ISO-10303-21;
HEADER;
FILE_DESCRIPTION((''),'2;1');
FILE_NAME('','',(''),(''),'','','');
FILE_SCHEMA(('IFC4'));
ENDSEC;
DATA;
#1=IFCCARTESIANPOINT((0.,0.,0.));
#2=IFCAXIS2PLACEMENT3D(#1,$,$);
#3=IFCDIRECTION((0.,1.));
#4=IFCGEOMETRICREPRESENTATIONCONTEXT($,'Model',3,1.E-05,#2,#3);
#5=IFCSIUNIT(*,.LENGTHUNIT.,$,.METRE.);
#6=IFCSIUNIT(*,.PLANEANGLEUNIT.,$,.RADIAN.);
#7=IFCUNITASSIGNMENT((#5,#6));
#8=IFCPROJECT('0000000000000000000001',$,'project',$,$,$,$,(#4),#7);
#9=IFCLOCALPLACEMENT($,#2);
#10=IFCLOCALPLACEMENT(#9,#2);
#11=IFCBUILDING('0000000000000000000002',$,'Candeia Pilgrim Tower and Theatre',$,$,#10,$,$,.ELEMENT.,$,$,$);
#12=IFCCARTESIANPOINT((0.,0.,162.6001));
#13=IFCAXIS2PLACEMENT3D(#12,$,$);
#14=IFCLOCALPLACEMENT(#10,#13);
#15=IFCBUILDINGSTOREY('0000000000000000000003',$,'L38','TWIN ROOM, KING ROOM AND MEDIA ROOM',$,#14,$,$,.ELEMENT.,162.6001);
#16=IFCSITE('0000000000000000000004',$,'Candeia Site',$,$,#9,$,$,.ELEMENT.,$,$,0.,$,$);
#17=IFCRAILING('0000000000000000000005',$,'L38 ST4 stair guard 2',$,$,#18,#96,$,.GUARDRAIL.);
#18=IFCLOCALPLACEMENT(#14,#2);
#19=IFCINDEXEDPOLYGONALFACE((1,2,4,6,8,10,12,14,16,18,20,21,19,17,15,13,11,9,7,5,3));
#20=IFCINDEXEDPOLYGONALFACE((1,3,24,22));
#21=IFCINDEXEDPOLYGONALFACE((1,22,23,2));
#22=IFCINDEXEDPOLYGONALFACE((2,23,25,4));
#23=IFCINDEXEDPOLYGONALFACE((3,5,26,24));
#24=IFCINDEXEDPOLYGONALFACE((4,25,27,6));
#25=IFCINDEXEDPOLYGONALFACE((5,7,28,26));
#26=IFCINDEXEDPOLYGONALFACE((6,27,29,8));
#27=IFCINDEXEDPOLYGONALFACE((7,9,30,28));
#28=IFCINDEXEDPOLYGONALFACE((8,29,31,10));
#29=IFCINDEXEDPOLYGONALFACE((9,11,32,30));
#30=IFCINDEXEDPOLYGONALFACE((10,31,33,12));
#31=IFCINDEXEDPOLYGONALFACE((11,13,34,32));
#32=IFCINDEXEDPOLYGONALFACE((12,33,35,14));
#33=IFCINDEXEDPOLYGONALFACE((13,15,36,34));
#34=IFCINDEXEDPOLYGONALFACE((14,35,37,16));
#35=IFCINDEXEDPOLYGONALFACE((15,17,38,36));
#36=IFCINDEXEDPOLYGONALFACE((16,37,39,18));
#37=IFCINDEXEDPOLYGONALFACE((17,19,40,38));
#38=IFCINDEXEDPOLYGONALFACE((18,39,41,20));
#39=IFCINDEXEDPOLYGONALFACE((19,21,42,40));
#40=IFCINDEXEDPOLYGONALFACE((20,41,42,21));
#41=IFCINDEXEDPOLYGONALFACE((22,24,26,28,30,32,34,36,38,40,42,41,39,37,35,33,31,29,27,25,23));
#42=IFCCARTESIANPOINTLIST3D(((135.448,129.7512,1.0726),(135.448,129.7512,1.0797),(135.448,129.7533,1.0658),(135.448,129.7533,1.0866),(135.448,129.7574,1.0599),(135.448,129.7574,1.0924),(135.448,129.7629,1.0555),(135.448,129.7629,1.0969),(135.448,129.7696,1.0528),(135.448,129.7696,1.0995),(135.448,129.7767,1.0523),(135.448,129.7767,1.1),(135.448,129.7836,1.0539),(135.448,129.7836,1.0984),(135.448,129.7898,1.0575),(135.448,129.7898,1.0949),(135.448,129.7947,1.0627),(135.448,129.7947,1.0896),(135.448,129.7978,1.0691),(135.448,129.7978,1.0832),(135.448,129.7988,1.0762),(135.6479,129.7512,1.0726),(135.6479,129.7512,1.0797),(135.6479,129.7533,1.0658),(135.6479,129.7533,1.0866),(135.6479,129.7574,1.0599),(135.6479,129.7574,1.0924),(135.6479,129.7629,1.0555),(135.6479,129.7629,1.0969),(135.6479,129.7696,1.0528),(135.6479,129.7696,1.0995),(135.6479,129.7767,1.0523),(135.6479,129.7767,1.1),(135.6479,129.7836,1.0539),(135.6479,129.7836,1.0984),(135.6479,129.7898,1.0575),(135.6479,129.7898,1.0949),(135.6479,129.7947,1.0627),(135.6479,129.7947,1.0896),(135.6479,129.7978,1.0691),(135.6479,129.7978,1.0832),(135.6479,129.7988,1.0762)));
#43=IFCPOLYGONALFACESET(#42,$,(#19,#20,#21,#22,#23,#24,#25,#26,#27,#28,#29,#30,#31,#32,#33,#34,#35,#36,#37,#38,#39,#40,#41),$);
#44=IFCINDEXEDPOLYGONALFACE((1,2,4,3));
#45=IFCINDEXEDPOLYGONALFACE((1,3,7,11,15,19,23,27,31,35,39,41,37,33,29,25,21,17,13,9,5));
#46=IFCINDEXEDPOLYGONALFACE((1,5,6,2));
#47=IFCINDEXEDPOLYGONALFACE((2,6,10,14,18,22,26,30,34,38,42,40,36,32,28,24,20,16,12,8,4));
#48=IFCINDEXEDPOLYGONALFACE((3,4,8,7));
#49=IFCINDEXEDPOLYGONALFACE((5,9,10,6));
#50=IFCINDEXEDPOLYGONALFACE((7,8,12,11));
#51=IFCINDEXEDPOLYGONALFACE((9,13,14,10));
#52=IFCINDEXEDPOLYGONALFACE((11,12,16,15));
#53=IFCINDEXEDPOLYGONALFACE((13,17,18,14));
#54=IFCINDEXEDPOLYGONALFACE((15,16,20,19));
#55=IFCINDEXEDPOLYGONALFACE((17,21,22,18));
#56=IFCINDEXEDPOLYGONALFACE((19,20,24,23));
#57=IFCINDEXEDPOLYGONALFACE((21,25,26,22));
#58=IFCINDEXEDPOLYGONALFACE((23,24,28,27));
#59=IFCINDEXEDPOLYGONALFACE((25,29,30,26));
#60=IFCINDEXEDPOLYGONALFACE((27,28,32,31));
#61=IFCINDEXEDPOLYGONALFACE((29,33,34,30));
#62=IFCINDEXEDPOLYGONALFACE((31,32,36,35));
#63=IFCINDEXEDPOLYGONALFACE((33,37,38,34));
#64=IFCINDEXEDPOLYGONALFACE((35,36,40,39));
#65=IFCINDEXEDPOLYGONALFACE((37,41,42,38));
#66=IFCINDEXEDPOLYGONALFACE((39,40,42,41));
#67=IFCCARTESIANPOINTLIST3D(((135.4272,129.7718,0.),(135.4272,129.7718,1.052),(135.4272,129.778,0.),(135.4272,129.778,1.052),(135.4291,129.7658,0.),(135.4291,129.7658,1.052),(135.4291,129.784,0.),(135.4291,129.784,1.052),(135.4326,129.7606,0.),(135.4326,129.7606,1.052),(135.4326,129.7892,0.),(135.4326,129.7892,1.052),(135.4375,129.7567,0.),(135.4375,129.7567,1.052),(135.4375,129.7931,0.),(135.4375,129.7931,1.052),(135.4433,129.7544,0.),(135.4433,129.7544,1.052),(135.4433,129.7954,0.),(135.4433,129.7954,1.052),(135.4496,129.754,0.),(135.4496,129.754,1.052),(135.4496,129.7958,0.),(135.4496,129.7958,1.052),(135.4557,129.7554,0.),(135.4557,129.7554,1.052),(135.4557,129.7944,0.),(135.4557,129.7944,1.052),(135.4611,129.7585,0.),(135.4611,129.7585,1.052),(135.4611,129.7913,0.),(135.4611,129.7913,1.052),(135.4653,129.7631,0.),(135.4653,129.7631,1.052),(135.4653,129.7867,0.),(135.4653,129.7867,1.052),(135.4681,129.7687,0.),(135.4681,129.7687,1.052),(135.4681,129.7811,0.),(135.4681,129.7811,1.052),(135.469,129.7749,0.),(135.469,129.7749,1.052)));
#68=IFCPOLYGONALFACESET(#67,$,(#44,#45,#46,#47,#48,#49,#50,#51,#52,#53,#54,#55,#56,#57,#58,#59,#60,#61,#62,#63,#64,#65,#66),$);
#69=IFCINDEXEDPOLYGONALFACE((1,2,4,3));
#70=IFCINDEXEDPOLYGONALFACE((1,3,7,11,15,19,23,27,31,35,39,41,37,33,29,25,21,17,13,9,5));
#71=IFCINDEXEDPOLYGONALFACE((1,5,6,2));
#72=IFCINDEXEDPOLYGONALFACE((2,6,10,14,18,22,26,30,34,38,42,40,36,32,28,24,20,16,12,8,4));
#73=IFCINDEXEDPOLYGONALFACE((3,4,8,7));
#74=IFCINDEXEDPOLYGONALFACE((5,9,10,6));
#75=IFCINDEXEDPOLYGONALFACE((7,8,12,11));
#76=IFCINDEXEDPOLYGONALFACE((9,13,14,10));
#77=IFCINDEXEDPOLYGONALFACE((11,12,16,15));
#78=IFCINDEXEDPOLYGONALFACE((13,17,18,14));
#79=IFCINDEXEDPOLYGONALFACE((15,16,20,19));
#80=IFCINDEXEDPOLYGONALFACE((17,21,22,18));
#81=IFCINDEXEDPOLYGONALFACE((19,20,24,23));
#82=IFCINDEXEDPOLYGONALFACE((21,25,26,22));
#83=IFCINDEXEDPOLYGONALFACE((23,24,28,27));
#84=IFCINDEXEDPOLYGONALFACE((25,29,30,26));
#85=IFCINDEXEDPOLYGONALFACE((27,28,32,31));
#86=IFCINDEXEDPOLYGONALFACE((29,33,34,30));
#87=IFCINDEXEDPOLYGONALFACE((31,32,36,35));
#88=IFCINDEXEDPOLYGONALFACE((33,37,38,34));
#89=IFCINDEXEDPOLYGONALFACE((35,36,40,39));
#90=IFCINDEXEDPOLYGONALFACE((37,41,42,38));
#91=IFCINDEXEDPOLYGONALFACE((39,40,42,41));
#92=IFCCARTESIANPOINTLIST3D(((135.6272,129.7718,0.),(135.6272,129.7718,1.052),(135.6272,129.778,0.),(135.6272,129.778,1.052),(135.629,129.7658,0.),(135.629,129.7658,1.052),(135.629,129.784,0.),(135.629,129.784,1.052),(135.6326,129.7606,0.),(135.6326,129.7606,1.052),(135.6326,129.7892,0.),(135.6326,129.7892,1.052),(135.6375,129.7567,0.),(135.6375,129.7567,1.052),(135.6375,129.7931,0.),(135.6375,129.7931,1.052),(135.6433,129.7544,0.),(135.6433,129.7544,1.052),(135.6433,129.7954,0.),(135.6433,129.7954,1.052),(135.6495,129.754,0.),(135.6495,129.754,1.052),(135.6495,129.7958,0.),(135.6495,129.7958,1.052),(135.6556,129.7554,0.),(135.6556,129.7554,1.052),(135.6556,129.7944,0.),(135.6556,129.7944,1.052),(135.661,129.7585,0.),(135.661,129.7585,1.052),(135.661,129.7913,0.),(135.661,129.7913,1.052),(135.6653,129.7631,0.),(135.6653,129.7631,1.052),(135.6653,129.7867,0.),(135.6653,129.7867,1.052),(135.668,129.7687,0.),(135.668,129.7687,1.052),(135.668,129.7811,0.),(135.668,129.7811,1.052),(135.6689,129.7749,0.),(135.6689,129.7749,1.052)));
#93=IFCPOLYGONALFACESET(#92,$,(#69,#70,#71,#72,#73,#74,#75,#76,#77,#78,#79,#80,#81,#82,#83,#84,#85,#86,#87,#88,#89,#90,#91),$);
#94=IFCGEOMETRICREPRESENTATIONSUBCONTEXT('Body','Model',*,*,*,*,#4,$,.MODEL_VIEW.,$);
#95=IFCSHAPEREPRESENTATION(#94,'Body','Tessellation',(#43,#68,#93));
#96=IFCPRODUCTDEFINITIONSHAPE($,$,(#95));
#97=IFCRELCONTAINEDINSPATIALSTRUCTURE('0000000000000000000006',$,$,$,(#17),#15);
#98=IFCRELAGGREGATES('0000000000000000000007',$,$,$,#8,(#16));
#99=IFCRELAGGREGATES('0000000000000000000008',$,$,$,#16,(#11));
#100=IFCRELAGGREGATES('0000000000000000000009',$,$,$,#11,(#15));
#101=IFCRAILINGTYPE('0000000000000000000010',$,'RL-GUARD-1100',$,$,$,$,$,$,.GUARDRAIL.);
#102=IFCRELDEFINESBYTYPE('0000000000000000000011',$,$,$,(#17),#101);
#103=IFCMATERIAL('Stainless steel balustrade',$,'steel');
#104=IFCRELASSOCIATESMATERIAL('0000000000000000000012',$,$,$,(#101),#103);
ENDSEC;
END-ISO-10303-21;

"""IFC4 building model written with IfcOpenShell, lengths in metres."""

from ifc_helpers import new_model, si_unit, direction, frame, origin, origin_2d, place, context, subcontext, project, spatial, circle, extrude, material, type_object, element, save


model = new_model("IFC4")

# Units and contexts
model_context = context("Model", 3, precision=1e-05, world=origin(), true_north=direction((0.0, 1.0)))
body_context = subcontext(model_context, "Body", "Model", "MODEL_VIEW")
ifc_project = project(units=[si_unit("LENGTHUNIT", "METRE"), si_unit("PLANEANGLEUNIT", "RADIAN")], contexts=[model_context])

# Site, building, storey
site_placement = place(None, origin())
site = spatial("IfcSite", under=ifc_project, at=site_placement, Name="Candeia Site", CompositionType="ELEMENT", RefElevation=0.0)
building_placement = place(site_placement, origin())
building = spatial("IfcBuilding", under=site, at=building_placement, Name="Candeia Pilgrim Tower and Theatre", CompositionType="ELEMENT")
storey_placement = place(building_placement, frame((0.0, 0.0, 162.6001)))
storey = spatial("IfcBuildingStorey", under=building, at=storey_placement, Name="L38", Description="TWIN ROOM, KING ROOM AND MEDIA ROOM", CompositionType="ELEMENT", Elevation=162.6001)

# Railing
ifc_material_1 = material(Name="Stainless steel balustrade", Category="steel")
railing_type_1 = type_object("IfcRailingType", Name="RL-GUARD-1100", PredefinedType="GUARDRAIL", material=ifc_material_1)
railing_1_placement = place(storey_placement, frame((135.448, 129.7749, 0.0)))
element("IfcRailing", 1, at=railing_1_placement, inside=storey, type_object=railing_type_1, Name="L38 ST4 stair guard 2", PredefinedType="GUARDRAIL", context=body_context, shape_type="SweptSolid", body=[
    extrude(circle(Radius=0.0239, at=origin_2d()), frame((0.0, 0.0, 1.0762), z_axis=(1.0, 0.0, 0.0), x_axis=(0.0, 1.0, 0.0)), (0.0, 0.0, 1.0), 0.2),
    extrude(circle(Radius=0.021, at=origin_2d()), origin(), (0.0, 0.0, 1.0), 1.052),
    extrude(circle(Radius=0.021, at=origin_2d()), frame((0.2, 0.0, 0.0)), (0.0, 0.0, 1.0), 1.052),
])

save(model, "model.ifc")
